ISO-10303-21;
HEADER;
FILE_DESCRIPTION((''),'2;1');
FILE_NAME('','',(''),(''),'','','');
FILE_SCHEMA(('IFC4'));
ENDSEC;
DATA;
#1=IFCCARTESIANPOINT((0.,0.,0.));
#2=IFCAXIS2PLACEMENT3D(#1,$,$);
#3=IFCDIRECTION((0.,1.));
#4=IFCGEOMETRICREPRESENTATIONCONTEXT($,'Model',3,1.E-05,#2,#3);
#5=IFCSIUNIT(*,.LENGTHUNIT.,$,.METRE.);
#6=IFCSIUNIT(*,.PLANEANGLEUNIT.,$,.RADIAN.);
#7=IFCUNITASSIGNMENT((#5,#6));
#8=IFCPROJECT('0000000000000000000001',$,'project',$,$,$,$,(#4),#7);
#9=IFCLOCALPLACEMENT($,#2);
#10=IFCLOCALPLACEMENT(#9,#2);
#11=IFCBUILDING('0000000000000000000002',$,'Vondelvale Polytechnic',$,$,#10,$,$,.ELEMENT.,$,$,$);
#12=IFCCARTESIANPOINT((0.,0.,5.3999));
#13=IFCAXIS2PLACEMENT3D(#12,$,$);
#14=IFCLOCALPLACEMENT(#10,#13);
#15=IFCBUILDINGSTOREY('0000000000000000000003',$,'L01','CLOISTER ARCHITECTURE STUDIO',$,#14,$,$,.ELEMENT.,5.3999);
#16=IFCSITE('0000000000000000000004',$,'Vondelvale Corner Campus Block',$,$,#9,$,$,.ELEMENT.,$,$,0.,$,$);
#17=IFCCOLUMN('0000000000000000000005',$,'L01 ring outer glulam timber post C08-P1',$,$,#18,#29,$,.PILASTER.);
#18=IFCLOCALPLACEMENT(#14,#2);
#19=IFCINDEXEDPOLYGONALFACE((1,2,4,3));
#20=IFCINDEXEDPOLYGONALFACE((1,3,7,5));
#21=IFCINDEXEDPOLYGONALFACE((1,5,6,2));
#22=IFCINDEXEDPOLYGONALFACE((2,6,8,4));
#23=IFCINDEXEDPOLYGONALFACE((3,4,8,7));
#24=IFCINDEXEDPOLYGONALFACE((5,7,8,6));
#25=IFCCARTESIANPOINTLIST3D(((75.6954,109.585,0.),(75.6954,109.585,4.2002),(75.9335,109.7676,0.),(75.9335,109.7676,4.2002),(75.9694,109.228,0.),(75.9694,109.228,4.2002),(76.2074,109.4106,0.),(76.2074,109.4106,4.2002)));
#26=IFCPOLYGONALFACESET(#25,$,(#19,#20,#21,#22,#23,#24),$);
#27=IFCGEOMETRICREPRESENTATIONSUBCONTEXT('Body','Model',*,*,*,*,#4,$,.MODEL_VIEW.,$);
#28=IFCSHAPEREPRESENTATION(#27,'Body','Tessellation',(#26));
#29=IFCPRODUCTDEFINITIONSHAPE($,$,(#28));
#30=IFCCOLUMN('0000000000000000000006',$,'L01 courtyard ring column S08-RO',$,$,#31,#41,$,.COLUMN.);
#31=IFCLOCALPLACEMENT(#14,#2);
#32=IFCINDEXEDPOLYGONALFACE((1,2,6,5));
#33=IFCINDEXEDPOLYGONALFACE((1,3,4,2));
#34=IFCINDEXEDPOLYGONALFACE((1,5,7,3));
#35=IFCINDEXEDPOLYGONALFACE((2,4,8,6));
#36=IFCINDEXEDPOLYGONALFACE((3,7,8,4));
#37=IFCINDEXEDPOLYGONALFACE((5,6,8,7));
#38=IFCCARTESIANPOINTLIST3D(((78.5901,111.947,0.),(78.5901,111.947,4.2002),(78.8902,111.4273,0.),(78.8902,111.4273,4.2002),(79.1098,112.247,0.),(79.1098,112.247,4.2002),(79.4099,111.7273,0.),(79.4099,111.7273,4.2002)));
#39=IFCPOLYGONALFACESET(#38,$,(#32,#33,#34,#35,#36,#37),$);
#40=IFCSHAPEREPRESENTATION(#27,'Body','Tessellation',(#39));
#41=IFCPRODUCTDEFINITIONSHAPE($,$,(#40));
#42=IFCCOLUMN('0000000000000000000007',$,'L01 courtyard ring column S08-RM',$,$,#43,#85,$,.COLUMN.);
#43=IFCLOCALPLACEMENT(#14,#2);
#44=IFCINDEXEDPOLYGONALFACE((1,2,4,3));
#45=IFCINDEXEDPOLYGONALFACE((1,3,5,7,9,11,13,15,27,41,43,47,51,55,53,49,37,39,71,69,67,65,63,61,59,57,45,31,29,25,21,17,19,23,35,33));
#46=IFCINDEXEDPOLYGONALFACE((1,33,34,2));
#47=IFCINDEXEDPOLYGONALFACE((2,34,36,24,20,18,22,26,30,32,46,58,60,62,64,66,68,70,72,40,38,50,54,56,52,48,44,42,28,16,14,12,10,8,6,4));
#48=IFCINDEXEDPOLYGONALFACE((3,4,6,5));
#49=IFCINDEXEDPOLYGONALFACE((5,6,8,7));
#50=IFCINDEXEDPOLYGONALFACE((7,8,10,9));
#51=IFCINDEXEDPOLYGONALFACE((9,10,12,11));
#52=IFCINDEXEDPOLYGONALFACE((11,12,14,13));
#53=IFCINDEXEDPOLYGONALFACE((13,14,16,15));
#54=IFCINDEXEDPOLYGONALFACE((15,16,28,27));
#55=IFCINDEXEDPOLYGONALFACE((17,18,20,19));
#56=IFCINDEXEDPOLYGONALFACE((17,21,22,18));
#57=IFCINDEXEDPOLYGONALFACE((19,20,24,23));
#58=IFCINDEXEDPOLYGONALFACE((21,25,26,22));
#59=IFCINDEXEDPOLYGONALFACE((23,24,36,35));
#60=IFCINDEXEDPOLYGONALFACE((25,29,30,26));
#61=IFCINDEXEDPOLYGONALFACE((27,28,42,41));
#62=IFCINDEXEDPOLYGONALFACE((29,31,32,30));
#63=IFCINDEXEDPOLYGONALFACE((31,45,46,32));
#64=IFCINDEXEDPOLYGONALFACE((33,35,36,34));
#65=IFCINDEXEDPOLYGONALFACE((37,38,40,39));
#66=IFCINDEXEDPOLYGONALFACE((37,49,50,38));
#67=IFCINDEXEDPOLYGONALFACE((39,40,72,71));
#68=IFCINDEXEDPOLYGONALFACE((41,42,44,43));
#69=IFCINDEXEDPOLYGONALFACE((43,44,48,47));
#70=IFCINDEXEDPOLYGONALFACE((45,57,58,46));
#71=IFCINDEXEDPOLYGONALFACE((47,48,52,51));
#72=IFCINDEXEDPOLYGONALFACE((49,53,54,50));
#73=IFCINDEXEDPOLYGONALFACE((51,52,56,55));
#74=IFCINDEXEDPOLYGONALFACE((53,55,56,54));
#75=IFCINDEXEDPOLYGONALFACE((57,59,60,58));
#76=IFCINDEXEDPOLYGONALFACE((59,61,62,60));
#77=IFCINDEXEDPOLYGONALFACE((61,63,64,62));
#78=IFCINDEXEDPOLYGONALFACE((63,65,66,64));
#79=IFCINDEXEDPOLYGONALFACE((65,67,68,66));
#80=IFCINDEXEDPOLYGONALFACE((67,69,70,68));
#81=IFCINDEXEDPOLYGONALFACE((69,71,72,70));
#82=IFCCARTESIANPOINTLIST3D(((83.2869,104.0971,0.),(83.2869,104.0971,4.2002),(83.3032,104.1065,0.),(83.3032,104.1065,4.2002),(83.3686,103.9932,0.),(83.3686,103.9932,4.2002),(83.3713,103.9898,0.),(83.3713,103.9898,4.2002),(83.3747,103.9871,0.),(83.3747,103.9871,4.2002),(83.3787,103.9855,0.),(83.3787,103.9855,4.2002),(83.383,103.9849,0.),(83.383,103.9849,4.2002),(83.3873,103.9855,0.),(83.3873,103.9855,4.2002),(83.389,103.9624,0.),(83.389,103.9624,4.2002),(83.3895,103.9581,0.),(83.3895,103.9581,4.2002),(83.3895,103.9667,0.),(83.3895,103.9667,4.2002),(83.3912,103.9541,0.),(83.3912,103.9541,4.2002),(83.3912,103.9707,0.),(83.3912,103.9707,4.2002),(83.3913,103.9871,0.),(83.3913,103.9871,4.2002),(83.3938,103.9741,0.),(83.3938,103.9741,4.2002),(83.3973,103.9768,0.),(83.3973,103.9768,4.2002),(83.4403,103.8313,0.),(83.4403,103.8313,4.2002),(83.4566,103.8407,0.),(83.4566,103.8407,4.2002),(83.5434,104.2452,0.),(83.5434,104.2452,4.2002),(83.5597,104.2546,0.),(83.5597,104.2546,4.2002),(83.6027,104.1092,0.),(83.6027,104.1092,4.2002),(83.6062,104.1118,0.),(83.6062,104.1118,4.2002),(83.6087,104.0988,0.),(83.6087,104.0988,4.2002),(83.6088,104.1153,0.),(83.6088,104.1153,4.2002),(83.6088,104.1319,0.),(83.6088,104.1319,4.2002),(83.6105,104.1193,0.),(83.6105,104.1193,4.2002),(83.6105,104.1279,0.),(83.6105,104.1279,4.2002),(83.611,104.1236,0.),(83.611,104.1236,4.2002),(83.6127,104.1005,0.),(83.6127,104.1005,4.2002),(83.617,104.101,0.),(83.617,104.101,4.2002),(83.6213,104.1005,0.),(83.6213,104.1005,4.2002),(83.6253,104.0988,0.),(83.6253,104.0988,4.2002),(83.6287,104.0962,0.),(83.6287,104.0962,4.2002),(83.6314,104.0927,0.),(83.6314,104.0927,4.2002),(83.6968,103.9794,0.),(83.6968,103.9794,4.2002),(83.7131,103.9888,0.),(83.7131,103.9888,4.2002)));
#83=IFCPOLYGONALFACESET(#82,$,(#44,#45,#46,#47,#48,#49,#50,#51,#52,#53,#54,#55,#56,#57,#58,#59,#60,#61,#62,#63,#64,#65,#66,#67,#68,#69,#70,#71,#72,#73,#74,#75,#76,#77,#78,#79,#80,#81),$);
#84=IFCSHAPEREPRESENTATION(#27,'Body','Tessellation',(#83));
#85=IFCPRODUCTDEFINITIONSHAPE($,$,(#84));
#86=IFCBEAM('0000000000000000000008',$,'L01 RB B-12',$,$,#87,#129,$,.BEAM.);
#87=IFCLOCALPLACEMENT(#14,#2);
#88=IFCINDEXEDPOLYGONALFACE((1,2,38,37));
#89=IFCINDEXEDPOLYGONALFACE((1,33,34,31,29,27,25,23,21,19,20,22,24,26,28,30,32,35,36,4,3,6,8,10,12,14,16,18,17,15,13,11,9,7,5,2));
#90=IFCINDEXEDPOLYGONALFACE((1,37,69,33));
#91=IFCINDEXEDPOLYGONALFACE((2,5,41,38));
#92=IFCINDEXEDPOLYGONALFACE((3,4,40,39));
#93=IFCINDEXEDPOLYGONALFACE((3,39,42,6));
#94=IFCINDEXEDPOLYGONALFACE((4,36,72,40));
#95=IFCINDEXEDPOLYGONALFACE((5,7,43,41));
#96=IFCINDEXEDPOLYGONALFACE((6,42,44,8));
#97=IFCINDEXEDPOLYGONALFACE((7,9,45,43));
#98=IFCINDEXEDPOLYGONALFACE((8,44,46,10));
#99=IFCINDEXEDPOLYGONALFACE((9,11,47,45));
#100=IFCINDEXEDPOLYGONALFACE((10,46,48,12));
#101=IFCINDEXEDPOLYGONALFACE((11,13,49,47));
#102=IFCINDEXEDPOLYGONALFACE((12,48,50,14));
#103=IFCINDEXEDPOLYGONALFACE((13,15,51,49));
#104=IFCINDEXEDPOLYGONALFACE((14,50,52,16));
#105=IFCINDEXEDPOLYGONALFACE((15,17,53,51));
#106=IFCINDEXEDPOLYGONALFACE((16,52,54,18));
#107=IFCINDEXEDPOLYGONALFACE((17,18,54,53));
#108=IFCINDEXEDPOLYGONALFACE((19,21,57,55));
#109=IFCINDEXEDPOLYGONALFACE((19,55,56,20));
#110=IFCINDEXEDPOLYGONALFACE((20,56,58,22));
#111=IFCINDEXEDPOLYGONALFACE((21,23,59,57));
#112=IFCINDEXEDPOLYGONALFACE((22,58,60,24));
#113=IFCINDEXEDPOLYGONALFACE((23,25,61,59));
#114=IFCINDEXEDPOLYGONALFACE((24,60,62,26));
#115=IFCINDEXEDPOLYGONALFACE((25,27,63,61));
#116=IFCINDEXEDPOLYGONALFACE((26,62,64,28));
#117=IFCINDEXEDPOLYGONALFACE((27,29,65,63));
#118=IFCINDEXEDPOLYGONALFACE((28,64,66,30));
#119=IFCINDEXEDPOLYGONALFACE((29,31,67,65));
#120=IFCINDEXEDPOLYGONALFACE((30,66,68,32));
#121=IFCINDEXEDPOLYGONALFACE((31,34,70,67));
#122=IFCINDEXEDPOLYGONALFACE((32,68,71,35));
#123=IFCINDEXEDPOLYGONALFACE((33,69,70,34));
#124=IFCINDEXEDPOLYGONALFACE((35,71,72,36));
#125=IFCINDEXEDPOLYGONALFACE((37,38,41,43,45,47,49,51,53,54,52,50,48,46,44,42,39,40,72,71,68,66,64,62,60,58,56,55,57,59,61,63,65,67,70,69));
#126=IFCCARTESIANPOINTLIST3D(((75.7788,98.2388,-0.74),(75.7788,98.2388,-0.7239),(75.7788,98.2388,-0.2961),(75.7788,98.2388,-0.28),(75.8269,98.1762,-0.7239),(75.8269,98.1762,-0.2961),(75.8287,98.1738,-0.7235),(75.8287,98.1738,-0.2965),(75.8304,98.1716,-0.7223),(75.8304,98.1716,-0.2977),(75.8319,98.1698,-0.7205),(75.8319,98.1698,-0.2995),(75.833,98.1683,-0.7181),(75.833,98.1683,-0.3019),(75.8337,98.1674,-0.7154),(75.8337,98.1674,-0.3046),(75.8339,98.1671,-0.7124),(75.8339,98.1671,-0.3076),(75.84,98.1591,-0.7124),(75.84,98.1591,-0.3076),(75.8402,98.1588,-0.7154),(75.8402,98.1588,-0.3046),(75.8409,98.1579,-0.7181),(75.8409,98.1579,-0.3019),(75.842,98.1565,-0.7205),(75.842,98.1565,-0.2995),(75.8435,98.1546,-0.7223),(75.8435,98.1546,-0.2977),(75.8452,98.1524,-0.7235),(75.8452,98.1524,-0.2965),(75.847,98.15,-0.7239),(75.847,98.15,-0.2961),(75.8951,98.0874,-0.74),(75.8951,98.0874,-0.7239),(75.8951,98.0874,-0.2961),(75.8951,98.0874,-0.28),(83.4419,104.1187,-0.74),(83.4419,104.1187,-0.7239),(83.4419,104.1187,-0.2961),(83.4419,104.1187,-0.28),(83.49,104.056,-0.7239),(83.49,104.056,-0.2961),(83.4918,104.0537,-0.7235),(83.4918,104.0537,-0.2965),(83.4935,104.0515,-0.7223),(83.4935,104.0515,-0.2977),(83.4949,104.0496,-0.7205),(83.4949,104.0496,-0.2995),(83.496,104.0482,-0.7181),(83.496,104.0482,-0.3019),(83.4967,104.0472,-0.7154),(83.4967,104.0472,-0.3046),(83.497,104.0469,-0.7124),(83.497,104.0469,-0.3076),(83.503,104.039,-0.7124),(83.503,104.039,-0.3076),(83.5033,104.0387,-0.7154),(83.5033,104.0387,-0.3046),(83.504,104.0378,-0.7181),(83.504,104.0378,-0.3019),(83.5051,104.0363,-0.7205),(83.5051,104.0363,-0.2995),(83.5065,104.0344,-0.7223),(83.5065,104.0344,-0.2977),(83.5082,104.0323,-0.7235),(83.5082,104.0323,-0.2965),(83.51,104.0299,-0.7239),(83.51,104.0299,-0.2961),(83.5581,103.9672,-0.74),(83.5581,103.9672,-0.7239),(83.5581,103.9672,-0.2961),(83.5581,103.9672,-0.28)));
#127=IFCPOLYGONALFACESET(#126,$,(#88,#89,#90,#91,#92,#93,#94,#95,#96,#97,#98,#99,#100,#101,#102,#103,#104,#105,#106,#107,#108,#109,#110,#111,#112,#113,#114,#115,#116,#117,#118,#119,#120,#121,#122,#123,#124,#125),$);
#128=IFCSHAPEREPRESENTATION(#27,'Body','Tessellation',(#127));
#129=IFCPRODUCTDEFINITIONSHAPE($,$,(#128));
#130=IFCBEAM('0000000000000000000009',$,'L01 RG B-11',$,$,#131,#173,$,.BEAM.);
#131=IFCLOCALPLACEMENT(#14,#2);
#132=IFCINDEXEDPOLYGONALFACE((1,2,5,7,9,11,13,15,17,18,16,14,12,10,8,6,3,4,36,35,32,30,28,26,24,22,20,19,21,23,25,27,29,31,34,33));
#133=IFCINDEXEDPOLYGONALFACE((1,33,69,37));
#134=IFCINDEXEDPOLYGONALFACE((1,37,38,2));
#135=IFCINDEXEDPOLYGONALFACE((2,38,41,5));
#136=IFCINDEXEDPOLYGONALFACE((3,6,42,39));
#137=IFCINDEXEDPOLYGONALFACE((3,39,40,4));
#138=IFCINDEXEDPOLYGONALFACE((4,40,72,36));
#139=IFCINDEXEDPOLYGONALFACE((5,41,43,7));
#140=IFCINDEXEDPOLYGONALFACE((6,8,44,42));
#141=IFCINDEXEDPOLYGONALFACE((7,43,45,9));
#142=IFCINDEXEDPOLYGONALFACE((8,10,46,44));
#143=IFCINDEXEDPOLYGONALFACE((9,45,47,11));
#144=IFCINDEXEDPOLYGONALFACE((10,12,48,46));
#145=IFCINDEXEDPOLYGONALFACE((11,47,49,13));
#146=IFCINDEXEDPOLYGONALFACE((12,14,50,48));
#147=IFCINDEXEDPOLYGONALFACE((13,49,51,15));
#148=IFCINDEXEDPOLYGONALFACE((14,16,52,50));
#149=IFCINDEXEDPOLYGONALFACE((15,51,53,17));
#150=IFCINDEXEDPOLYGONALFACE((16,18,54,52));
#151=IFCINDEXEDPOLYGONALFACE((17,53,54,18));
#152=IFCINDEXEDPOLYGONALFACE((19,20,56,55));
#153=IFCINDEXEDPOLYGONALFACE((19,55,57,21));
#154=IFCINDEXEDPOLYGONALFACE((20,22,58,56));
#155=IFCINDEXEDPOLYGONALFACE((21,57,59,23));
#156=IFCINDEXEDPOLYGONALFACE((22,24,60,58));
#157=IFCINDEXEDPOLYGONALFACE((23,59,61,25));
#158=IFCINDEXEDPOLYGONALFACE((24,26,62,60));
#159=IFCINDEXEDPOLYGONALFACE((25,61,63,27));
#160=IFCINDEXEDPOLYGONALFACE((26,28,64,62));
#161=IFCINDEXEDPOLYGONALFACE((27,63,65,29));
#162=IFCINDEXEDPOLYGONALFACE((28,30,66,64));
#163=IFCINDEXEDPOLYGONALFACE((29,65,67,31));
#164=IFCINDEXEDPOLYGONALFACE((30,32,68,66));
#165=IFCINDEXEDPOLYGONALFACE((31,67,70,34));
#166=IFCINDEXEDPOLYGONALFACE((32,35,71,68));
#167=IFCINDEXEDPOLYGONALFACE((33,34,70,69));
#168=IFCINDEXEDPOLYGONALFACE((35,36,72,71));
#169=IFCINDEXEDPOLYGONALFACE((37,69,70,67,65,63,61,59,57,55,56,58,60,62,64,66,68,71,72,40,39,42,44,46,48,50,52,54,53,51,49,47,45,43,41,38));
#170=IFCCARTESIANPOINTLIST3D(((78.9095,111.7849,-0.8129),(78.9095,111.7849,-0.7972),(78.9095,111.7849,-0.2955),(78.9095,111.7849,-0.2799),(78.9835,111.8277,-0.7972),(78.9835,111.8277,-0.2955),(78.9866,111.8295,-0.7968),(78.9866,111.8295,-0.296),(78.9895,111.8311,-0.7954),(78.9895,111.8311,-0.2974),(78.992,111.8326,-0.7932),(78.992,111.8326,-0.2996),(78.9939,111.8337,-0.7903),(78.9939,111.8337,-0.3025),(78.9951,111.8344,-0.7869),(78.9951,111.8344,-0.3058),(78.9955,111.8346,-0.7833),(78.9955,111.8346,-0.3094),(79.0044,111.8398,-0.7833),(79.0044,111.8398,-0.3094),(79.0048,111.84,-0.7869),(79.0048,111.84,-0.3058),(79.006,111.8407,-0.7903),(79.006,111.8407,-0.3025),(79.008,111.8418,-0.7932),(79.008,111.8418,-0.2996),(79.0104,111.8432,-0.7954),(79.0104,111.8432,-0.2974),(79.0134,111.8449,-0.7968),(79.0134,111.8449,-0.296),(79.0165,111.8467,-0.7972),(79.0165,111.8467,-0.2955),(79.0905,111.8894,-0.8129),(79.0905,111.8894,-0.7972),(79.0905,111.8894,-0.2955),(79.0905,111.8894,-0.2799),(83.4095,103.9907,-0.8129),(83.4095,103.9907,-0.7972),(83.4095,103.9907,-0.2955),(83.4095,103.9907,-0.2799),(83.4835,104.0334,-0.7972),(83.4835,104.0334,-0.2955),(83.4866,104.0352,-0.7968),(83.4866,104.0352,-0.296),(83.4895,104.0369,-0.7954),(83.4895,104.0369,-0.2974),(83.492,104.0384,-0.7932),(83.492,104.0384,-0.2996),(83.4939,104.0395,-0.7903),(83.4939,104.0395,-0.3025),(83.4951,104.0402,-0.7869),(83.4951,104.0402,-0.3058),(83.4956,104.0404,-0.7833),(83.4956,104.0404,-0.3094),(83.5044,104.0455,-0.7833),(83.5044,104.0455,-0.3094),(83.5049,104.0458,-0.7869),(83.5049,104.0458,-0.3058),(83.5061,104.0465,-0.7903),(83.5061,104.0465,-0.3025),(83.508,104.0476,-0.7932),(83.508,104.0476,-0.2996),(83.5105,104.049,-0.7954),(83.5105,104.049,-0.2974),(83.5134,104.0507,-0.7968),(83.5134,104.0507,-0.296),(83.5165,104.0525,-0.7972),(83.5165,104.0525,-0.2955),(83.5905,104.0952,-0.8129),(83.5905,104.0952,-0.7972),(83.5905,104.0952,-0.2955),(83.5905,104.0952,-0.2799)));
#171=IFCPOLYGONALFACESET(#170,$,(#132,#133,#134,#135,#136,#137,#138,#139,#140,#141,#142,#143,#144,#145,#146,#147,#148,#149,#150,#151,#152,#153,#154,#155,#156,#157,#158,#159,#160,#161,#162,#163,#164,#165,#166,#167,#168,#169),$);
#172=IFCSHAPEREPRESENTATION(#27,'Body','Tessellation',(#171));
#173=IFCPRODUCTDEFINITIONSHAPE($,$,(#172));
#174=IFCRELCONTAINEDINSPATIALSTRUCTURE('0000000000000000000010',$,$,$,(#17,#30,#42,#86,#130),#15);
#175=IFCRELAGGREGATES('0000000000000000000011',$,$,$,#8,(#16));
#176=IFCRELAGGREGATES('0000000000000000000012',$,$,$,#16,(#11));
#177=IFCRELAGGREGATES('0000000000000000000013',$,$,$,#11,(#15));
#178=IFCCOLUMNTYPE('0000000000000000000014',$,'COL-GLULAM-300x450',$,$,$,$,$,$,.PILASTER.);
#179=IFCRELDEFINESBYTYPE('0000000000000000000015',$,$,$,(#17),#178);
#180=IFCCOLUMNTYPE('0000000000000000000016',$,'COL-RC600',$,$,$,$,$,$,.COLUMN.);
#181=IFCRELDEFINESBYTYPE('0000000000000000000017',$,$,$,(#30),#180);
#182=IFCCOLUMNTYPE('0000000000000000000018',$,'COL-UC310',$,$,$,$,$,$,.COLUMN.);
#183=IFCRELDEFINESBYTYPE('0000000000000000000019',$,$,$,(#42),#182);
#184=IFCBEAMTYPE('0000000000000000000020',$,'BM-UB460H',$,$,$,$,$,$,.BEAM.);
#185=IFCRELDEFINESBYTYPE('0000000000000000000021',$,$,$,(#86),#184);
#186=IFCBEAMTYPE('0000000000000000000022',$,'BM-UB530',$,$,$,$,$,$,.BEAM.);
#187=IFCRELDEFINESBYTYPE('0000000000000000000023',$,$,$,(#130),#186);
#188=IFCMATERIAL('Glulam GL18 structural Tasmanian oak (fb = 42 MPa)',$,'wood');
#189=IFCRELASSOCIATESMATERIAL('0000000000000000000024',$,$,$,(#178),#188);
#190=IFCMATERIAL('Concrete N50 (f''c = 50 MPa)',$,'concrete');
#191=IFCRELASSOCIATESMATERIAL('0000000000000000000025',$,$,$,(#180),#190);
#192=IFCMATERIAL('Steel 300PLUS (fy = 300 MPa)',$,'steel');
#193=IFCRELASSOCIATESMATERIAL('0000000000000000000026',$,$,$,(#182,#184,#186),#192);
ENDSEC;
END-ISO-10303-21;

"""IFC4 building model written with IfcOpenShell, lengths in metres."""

from ifc_helpers import new_model, si_unit, direction, frame, origin, origin_2d, place, context, subcontext, project, spatial, rectangle, i_section, extrude, material, material_profile, profile_set, type_object, element, save


model = new_model("IFC4")

# Units and contexts
model_context = context("Model", 3, precision=1e-05, world=origin(), true_north=direction((0.0, 1.0)))
body_context = subcontext(model_context, "Body", "Model", "MODEL_VIEW")
ifc_project = project(units=[si_unit("LENGTHUNIT", "METRE"), si_unit("PLANEANGLEUNIT", "RADIAN")], contexts=[model_context])

# Site, building, storey
site_placement = place(None, origin())
site = spatial("IfcSite", under=ifc_project, at=site_placement, Name="Vondelvale Corner Campus Block", CompositionType="ELEMENT", RefElevation=0.0)
building_placement = place(site_placement, origin())
building = spatial("IfcBuilding", under=site, at=building_placement, Name="Vondelvale Polytechnic", CompositionType="ELEMENT")
storey_placement = place(building_placement, frame((0.0, 0.0, 5.3999)))
storey = spatial("IfcBuildingStorey", under=building, at=storey_placement, Name="L01", Description="CLOISTER ARCHITECTURE STUDIO", CompositionType="ELEMENT", Elevation=5.3999)

# Columns
ifc_material_1 = material(Name="Glulam GL18 structural Tasmanian oak (fb = 42 MPa)", Category="wood")
ifc_material_profile_1 = material_profile(ifc_material_1, rectangle(XDim=0.3, YDim=0.45, at=origin_2d()), Name="GL-POST-300x450")
ifc_profile_set_1 = profile_set([ifc_material_profile_1], Name="Glulam GL18 structural Tasmanian oak (fb = 42 MPa)")
column_type_1 = type_object("IfcColumnType", Name="COL-GLULAM-300x450", PredefinedType="PILASTER", material=ifc_profile_set_1)
column_1_placement = place(storey_placement, frame((75.9514, 109.4978, 0.0), z_axis=(0.0, 0.0, 1.0), x_axis=(0.793353, 0.608761, 0.0)))
element("IfcColumn", 1, at=column_1_placement, inside=storey, type_object=column_type_1, Name="L01 ring outer glulam timber post C08-P1", PredefinedType="PILASTER", context=body_context, shape_type="SweptSolid", body=[
    extrude(rectangle(XDim=0.3, YDim=0.45, at=origin_2d()), origin(), (0.0, 0.0, 1.0), 4.2002),
])
ifc_material_2 = material(Name="Concrete N50 (f'c = 50 MPa)", Category="concrete")
ifc_material_profile_2 = material_profile(ifc_material_2, rectangle(XDim=0.6001, YDim=0.6001, at=origin_2d()), Name="RC-COL-600x600")
ifc_profile_set_2 = profile_set([ifc_material_profile_2], Name="Concrete N50 (f'c = 50 MPa)")
column_type_2 = type_object("IfcColumnType", Name="COL-RC600", PredefinedType="COLUMN", material=ifc_profile_set_2)
column_2_placement = place(storey_placement, frame((79.0, 111.8372, 0.0), z_axis=(0.0, 0.0, 1.0), x_axis=(-0.5, 0.866025, 0.0)))
element("IfcColumn", 2, at=column_2_placement, inside=storey, type_object=column_type_2, Name="L01 courtyard ring column S08-RO", PredefinedType="COLUMN", context=body_context, shape_type="SweptSolid", body=[
    extrude(rectangle(XDim=0.6001, YDim=0.6001, at=origin_2d()), origin(), (0.0, 0.0, 1.0), 4.2002),
])
ifc_material_3 = material(Name="Steel 300PLUS (fy = 300 MPa)", Category="steel")
ifc_material_profile_3 = material_profile(ifc_material_3, i_section(OverallWidth=0.3069, OverallDepth=0.3149, WebThickness=0.012, FlangeThickness=0.0188, FilletRadius=0.0166, at=origin_2d()), Name="310UC118")
ifc_profile_set_3 = profile_set([ifc_material_profile_3], Name="Steel 300PLUS (fy = 300 MPa)")
column_type_3 = type_object("IfcColumnType", Name="COL-UC310", PredefinedType="COLUMN", material=ifc_profile_set_3)
column_3_placement = place(storey_placement, frame((83.5, 104.043, 0.0), z_axis=(0.0, 0.0, 1.0), x_axis=(-0.5, 0.866025, 0.0)))
element("IfcColumn", 3, at=column_3_placement, inside=storey, type_object=column_type_3, Name="L01 courtyard ring column S08-RM", PredefinedType="COLUMN", context=body_context, shape_type="SweptSolid", body=[
    extrude(i_section(OverallWidth=0.3069, OverallDepth=0.3149, WebThickness=0.012, FlangeThickness=0.0188, FilletRadius=0.0166, at=origin_2d()), origin(), (0.0, 0.0, 1.0), 4.2002),
])

# Beams
ifc_material_profile_4 = material_profile(ifc_material_3, i_section(OverallWidth=0.1909, OverallDepth=0.46, WebThickness=0.01, FlangeThickness=0.0161, FilletRadius=0.0115, at=origin_2d()), Name="460UB82.1")
ifc_profile_set_4 = profile_set([ifc_material_profile_4], Name="Steel 300PLUS (fy = 300 MPa)")
beam_type_1 = type_object("IfcBeamType", Name="BM-UB460H", PredefinedType="BEAM", material=ifc_profile_set_4)
beam_1_placement = place(storey_placement, frame((83.5, 104.043, -0.51), z_axis=(-0.793364, -0.608748, 0.0), x_axis=(0.608748, -0.793364, 0.0)))
element("IfcBeam", 4, at=beam_1_placement, inside=storey, type_object=beam_type_1, Name="L01 RB B-12", PredefinedType="BEAM", context=body_context, shape_type="SweptSolid", body=[
    extrude(i_section(OverallWidth=0.1909, OverallDepth=0.46, WebThickness=0.01, FlangeThickness=0.0161, FilletRadius=0.0115, at=origin_2d()), origin(), (0.0, 0.0, 1.0), 9.6589),
])
ifc_material_profile_5 = material_profile(ifc_material_3, i_section(OverallWidth=0.209, OverallDepth=0.533, WebThickness=0.0103, FlangeThickness=0.0156, FilletRadius=0.0139, at=origin_2d()), Name="530UB92.4")
ifc_profile_set_5 = profile_set([ifc_material_profile_5], Name="Steel 300PLUS (fy = 300 MPa)")
beam_type_2 = type_object("IfcBeamType", Name="BM-UB530", PredefinedType="BEAM", material=ifc_profile_set_5)
beam_2_placement = place(storey_placement, frame((83.5, 104.043, -0.5464), z_axis=(-0.500002, 0.866024, 0.0), x_axis=(-0.866024, -0.500002, 0.0)))
element("IfcBeam", 5, at=beam_2_placement, inside=storey, type_object=beam_type_2, Name="L01 RG B-11", PredefinedType="BEAM", context=body_context, shape_type="SweptSolid", body=[
    extrude(i_section(OverallWidth=0.209, OverallDepth=0.533, WebThickness=0.0103, FlangeThickness=0.0156, FilletRadius=0.0139, at=origin_2d()), origin(), (0.0, 0.0, 1.0), 9.0),
])

save(model, "model.ifc")
